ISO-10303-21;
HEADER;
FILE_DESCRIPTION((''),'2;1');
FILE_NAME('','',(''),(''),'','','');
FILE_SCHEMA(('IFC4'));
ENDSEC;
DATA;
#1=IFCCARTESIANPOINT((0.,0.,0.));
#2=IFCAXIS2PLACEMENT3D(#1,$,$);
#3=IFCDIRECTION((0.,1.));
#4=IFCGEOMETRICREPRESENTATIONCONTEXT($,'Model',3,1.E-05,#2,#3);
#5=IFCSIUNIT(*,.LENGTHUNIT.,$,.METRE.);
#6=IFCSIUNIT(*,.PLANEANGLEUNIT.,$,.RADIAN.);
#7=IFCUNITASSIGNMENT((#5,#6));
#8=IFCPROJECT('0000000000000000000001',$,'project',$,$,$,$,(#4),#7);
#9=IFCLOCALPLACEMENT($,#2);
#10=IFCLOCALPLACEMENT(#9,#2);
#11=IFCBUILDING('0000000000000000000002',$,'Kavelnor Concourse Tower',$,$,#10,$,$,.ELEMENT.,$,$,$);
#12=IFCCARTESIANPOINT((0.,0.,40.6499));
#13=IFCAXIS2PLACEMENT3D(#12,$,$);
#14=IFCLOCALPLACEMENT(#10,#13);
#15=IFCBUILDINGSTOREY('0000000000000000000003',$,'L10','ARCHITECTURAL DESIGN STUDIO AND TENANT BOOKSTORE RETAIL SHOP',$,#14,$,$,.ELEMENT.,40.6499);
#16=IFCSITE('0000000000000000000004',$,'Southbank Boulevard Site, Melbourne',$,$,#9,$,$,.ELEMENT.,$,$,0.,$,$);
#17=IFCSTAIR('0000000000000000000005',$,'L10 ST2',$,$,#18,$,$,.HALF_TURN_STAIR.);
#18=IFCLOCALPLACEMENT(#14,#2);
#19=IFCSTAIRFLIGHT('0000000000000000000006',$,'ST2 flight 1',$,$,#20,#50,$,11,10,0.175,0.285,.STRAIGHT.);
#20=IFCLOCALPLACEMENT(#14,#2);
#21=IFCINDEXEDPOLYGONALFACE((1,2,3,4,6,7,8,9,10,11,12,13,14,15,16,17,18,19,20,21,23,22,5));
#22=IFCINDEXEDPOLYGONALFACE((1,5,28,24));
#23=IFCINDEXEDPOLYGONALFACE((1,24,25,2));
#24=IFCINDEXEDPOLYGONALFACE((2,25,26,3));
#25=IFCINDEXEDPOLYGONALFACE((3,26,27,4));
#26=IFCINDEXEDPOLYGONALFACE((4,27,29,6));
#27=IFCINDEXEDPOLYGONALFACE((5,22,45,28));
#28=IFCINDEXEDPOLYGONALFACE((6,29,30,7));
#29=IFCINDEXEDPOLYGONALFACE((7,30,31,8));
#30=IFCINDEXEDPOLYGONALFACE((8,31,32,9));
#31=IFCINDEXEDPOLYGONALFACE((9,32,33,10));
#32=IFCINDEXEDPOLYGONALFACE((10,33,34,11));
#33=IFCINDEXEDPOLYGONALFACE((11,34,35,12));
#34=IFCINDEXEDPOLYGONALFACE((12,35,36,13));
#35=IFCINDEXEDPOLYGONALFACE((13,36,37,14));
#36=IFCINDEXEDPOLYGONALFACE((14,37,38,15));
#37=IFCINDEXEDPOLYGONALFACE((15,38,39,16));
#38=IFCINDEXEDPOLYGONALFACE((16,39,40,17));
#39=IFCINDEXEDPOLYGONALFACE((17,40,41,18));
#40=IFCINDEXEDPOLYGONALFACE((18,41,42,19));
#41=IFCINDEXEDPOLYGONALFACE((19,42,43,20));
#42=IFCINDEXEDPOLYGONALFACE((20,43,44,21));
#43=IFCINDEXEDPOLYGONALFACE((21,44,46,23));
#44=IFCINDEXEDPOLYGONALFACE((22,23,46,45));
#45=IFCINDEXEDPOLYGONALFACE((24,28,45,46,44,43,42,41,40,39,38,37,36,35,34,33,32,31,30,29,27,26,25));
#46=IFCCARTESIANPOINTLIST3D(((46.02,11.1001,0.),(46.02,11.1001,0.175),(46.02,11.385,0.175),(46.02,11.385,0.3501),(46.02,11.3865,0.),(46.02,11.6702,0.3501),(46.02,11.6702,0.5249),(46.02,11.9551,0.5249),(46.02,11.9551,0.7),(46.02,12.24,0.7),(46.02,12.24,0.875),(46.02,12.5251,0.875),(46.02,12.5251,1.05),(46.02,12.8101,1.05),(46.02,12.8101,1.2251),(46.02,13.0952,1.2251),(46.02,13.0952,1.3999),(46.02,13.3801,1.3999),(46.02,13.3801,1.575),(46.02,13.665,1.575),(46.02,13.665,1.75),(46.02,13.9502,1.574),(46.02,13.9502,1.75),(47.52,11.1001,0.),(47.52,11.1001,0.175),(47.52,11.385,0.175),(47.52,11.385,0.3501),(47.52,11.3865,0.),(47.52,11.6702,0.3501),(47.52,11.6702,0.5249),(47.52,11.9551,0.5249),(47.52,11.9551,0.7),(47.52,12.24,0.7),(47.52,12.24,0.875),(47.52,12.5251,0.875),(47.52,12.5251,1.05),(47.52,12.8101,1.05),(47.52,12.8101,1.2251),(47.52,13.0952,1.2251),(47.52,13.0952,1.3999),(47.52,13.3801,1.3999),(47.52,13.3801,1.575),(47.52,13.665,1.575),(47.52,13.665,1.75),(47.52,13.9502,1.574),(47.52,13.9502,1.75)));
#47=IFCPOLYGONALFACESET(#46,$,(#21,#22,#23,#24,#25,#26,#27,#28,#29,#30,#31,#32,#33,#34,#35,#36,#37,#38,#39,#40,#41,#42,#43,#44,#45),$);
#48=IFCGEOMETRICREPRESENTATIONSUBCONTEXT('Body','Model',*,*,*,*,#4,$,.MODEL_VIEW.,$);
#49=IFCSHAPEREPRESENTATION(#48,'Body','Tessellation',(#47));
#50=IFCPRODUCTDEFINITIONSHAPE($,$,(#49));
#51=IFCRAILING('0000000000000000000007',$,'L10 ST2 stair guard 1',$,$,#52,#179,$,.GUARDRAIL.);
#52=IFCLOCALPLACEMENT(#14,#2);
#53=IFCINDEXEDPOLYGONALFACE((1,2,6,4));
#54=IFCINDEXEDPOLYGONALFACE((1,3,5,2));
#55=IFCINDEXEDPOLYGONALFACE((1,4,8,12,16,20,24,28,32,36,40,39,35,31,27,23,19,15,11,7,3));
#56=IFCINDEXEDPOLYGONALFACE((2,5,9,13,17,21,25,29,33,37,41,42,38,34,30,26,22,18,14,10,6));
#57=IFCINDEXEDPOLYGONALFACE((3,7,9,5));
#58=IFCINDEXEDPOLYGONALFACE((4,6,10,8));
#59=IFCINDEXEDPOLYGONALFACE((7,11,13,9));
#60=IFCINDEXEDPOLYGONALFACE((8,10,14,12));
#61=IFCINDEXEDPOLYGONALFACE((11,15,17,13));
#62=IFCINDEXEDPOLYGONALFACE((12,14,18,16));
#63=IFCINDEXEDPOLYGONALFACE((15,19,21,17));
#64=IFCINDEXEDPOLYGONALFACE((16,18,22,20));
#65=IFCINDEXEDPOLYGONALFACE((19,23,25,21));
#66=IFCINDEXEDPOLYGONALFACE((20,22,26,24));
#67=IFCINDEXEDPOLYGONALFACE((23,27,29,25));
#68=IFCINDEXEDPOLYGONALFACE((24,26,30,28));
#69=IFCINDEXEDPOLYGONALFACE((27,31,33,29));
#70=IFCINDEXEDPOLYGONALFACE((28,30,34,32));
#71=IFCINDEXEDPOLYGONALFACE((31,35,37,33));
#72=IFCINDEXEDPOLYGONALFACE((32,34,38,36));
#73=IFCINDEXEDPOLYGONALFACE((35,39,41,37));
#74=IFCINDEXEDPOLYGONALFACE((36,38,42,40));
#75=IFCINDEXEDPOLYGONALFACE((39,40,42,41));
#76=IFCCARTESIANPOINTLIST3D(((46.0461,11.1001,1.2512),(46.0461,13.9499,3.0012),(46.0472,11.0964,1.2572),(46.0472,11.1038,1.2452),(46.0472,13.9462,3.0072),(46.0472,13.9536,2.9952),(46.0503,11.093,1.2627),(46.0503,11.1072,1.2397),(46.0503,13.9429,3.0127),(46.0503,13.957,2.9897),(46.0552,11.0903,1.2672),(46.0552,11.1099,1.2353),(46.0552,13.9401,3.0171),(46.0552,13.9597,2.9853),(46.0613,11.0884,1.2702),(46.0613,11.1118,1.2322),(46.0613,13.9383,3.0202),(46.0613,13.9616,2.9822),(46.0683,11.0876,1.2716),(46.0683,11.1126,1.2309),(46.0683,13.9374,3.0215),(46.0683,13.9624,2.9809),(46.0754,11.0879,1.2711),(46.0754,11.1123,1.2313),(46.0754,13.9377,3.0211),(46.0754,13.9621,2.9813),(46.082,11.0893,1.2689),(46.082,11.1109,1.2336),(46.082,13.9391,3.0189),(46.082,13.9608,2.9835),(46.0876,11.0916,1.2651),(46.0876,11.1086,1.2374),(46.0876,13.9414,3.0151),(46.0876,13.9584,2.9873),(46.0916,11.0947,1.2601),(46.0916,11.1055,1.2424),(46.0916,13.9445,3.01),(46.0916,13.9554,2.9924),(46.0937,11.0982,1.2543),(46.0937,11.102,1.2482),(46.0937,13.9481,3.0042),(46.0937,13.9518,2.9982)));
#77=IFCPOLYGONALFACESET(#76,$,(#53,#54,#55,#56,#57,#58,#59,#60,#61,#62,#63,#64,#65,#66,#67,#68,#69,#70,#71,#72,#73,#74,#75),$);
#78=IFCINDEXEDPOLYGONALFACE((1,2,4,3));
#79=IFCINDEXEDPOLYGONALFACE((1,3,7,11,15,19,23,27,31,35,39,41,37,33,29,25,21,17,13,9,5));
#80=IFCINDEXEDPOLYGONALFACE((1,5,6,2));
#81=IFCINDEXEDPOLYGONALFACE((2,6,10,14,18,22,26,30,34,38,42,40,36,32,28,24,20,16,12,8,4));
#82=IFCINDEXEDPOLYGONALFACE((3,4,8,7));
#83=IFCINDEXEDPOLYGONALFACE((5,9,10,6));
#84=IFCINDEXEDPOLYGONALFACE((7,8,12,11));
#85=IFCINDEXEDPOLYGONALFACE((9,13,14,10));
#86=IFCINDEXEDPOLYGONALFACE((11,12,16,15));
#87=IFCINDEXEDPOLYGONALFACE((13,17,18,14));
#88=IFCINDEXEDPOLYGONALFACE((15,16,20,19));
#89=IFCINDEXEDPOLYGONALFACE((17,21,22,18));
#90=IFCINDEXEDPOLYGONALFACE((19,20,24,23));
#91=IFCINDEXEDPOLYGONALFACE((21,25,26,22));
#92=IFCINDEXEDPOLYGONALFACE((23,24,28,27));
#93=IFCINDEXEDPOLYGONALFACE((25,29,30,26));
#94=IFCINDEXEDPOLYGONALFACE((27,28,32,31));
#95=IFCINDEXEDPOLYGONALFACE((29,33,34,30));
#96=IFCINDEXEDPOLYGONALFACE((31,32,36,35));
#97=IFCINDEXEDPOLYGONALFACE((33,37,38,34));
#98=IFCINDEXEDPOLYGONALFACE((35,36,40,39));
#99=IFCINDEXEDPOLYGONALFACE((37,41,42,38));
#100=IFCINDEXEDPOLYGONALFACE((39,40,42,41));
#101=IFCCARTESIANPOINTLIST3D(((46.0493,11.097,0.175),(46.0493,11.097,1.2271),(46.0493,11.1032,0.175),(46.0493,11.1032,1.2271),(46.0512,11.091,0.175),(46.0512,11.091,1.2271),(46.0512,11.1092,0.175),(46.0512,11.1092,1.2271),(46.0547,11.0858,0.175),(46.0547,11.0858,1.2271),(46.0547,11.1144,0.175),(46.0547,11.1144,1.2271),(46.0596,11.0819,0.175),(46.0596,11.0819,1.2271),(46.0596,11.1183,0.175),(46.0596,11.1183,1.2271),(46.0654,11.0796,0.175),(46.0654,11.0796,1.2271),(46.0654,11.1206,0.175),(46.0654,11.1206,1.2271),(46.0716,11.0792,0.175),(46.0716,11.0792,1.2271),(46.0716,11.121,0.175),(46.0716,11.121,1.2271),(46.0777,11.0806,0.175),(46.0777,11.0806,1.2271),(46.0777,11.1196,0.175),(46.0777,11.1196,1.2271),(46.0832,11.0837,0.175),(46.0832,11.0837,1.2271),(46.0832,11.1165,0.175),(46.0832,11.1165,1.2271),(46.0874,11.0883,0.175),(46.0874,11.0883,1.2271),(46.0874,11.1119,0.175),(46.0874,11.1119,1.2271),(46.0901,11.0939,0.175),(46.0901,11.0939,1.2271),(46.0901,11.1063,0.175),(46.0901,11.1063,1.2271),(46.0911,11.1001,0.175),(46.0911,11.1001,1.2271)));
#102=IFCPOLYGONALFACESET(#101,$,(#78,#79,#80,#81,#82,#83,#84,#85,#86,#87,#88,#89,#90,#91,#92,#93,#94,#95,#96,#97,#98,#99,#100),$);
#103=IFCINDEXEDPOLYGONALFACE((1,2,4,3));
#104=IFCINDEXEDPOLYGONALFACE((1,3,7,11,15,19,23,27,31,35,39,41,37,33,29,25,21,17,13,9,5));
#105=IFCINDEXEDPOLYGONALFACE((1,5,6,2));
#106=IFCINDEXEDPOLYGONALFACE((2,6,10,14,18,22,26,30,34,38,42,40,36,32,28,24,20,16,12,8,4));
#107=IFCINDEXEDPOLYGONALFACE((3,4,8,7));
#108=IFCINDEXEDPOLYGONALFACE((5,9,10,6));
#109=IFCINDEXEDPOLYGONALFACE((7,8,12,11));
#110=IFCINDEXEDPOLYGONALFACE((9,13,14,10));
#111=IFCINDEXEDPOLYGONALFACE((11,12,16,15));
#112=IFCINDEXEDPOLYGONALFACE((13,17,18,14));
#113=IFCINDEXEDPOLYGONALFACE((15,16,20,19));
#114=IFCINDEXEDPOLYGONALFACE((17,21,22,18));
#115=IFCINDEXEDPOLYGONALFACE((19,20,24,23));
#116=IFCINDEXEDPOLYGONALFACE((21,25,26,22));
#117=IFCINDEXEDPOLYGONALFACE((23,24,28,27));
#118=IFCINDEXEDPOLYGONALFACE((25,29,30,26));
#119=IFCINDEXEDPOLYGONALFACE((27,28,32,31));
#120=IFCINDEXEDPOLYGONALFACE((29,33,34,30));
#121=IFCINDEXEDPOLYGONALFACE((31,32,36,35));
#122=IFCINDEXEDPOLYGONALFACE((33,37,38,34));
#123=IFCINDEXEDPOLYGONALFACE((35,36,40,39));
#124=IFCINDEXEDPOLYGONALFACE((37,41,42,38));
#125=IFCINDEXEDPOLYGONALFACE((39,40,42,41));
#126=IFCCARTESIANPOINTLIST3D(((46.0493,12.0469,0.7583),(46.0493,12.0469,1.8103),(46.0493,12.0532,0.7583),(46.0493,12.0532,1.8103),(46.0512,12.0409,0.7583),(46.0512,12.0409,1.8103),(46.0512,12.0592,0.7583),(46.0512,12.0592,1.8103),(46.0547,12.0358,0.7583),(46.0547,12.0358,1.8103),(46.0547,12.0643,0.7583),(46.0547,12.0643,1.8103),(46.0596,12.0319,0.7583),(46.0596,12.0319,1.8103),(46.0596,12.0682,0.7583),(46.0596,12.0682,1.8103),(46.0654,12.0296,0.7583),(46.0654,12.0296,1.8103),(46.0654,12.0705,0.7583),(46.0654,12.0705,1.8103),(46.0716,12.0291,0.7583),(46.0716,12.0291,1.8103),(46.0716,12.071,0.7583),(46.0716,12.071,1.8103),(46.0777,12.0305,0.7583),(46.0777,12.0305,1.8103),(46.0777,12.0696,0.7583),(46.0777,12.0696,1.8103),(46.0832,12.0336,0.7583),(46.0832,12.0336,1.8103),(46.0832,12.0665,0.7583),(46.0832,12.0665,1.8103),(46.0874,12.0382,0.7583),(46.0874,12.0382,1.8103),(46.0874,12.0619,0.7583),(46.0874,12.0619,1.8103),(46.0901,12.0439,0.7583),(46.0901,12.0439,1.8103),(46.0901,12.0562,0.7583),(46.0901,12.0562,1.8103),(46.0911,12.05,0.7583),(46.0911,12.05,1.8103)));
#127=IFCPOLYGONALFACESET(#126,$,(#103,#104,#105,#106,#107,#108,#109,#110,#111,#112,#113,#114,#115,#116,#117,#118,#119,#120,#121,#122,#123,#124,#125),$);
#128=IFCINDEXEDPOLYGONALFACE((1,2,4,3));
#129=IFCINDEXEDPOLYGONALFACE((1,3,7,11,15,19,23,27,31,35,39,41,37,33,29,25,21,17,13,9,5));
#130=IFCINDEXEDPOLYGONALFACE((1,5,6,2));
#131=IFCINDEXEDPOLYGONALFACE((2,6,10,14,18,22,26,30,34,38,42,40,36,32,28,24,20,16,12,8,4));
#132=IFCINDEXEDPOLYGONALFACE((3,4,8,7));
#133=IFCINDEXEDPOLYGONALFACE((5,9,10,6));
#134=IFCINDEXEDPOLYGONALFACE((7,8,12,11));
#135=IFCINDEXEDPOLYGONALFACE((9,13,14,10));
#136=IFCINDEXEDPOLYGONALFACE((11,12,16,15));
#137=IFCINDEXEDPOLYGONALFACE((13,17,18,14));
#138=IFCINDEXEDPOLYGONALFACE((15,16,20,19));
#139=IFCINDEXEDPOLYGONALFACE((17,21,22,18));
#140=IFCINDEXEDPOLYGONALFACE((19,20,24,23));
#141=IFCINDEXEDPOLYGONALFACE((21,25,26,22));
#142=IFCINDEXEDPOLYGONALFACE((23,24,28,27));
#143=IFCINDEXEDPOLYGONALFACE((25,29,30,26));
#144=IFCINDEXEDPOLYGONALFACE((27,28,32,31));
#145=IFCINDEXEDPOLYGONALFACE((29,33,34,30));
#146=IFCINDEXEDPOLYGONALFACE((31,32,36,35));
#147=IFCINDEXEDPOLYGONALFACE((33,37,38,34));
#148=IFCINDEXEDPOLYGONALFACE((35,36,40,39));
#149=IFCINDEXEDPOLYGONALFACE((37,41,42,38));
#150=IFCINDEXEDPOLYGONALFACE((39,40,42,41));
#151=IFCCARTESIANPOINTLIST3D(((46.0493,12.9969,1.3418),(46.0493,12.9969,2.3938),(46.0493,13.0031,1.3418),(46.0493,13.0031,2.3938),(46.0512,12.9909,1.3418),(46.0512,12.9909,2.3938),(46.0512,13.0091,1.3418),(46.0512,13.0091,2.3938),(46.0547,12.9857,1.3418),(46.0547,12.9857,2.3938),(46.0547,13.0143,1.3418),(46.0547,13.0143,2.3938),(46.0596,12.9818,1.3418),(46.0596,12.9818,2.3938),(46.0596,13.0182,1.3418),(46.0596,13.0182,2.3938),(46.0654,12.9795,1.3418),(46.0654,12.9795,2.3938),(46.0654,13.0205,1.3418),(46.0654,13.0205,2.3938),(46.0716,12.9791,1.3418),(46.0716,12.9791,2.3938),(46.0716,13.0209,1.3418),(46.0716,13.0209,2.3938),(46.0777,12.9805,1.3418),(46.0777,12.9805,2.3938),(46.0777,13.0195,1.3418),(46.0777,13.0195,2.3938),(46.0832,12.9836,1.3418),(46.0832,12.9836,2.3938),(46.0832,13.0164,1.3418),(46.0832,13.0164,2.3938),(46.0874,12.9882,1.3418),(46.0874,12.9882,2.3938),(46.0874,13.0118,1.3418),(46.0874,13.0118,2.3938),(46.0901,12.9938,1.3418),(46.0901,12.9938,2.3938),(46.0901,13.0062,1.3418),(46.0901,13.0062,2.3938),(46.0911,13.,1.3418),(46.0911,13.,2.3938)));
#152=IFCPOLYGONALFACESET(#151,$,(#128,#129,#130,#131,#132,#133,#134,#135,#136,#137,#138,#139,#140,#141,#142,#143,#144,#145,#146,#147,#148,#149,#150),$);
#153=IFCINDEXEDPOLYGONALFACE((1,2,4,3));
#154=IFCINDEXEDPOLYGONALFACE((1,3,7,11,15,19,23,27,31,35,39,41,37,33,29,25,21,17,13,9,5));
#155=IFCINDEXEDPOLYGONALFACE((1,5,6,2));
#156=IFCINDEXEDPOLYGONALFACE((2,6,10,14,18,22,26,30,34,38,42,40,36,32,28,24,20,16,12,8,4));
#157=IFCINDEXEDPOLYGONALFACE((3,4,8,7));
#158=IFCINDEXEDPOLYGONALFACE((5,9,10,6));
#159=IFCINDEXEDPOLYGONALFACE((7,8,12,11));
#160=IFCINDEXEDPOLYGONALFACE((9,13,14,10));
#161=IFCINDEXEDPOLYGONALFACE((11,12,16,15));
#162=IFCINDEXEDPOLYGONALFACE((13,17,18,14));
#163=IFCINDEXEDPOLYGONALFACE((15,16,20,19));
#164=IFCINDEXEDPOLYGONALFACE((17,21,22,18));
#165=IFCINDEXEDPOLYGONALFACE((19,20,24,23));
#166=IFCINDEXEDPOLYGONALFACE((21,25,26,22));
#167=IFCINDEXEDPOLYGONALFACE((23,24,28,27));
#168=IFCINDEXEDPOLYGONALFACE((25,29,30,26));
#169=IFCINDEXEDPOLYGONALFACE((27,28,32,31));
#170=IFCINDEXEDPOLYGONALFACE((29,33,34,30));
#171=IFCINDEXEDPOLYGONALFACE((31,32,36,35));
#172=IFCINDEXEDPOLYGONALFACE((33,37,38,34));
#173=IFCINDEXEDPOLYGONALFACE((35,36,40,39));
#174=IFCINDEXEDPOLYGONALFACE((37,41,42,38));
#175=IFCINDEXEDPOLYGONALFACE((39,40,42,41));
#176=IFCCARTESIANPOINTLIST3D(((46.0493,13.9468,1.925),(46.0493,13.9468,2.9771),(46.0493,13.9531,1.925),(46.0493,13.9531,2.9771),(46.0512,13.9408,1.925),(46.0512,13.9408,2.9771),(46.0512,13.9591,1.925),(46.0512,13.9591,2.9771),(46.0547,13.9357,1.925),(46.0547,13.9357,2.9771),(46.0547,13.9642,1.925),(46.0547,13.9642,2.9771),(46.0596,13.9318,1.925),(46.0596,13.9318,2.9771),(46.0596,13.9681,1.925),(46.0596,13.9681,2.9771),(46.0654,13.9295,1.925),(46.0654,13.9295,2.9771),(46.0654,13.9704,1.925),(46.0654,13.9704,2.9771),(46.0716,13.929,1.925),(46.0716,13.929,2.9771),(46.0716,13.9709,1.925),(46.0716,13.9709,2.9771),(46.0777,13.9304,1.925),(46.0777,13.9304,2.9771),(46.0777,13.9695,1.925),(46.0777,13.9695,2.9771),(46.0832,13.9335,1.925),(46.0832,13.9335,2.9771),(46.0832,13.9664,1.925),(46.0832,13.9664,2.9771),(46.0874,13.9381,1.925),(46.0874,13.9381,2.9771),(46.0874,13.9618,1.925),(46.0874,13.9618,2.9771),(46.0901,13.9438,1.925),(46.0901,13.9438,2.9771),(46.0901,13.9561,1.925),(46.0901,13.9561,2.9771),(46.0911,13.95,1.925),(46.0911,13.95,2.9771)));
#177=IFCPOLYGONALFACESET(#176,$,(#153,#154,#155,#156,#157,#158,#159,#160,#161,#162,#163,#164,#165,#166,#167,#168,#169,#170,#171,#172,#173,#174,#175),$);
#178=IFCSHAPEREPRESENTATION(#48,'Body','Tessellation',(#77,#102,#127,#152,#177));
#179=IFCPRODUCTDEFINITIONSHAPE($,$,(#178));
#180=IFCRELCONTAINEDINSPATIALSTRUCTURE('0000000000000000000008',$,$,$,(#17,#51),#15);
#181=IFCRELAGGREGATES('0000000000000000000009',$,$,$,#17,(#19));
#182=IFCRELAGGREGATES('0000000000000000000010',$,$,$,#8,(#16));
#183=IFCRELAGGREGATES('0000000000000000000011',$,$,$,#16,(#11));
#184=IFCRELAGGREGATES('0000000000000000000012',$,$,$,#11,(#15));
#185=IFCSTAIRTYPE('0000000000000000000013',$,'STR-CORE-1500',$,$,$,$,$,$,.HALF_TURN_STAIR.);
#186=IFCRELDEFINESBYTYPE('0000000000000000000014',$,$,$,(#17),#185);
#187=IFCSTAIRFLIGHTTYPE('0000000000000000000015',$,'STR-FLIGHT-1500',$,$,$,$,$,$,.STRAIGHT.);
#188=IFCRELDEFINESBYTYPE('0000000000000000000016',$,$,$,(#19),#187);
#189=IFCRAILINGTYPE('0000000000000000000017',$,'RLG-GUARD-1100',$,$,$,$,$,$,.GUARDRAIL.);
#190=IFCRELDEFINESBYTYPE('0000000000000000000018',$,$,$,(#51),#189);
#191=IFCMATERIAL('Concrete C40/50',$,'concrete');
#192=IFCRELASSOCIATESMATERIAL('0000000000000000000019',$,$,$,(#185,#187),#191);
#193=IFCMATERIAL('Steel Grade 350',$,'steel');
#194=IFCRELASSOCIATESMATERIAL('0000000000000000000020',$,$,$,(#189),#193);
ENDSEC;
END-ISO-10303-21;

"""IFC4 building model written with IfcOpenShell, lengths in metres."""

from ifc_helpers import new_model, si_unit, direction, frame, origin, origin_2d, place, context, subcontext, project, spatial, polyline, circle, outline, extrude, material, type_object, element, aggregate, save


model = new_model("IFC4")

# Units and contexts
model_context = context("Model", 3, precision=1e-05, world=origin(), true_north=direction((0.0, 1.0)))
body_context = subcontext(model_context, "Body", "Model", "MODEL_VIEW")
ifc_project = project(units=[si_unit("LENGTHUNIT", "METRE"), si_unit("PLANEANGLEUNIT", "RADIAN")], contexts=[model_context])

# Site, building, storey
site_placement = place(None, origin())
site = spatial("IfcSite", under=ifc_project, at=site_placement, Name="Southbank Boulevard Site, Melbourne", CompositionType="ELEMENT", RefElevation=0.0)
building_placement = place(site_placement, origin())
building = spatial("IfcBuilding", under=site, at=building_placement, Name="Kavelnor Concourse Tower", CompositionType="ELEMENT")
storey_placement = place(building_placement, frame((0.0, 0.0, 40.6499)))
storey = spatial("IfcBuildingStorey", under=building, at=storey_placement, Name="L10", Description="ARCHITECTURAL DESIGN STUDIO AND TENANT BOOKSTORE RETAIL SHOP", CompositionType="ELEMENT", Elevation=40.6499)

# Shared definitions
ifc_material_1 = material(Name="Steel Grade 350", Category="steel")

# Stair, stair flight
ifc_material_2 = material(Name="Concrete C40/50", Category="concrete")
stair_type = type_object("IfcStairType", Name="STR-CORE-1500", PredefinedType="HALF_TURN_STAIR", material=ifc_material_2)
stair_placement = place(storey_placement, origin())
stair = element("IfcStair", 1, at=stair_placement, inside=storey, type_object=stair_type, Name="L10 ST2", PredefinedType="HALF_TURN_STAIR")
stair_flight_type = type_object("IfcStairFlightType", Name="STR-FLIGHT-1500", PredefinedType="STRAIGHT", material=ifc_material_2)
stair_flight_placement = place(storey_placement, frame((46.77, 11.1001, 0.0), z_axis=(0.0, 0.0, 1.0), x_axis=(0.0, 1.0, 0.0)))
stair_flight = element("IfcStairFlight", 2, at=stair_flight_placement, type_object=stair_flight_type, Name="ST2 flight 1", NumberOfRisers=11, NumberOfTreads=10, PredefinedType="STRAIGHT", RiserHeight=0.175, TreadLength=0.285, context=body_context, shape_type="SweptSolid", body=[
    extrude(outline(polyline([(0.0, 0.0), (0.0, 0.175), (0.2849, 0.175), (0.2849, 0.3501), (0.5701, 0.3501), (0.5701, 0.5249), (0.855, 0.5249), (0.855, 0.7), (1.1399, 0.7), (1.1399, 0.875), (1.425, 0.875), (1.425, 1.05), (1.71, 1.05), (1.71, 1.2251), (1.9951, 1.2251), (1.9951, 1.3999), (2.28, 1.3999), (2.28, 1.575), (2.5649, 1.575), (2.5649, 1.75), (2.8501, 1.75), (2.8501, 1.925), (2.8501, 1.574), (0.2864, 0.0), (0.0, 0.0)])), frame((0.0, 0.75, 0.0), z_axis=(0.0, -1.0, 0.0), x_axis=(1.0, 0.0, 0.0)), (0.0, 0.0, 1.0), 1.5),
])
aggregate(stair, [stair_flight])

# Railing
railing_type_1 = type_object("IfcRailingType", Name="RLG-GUARD-1100", PredefinedType="GUARDRAIL", material=ifc_material_1)
railing_1_placement = place(storey_placement, frame((46.0701, 11.1001, 0.175)))
element("IfcRailing", 3, at=railing_1_placement, inside=storey, type_object=railing_type_1, Name="L10 ST2 stair guard 1", PredefinedType="GUARDRAIL", context=body_context, shape_type="SweptSolid", body=[
    extrude(circle(Radius=0.0239, at=origin_2d()), frame((0.0, 0.0, 1.0762), z_axis=(0.0, 0.852159, 0.523283), x_axis=(-1.0, 0.0, 0.0)), (0.0, 0.0, 1.0), 3.3442),
    extrude(circle(Radius=0.021, at=origin_2d()), origin(), (0.0, 0.0, 1.0), 1.052),
    extrude(circle(Radius=0.021, at=origin_2d()), frame((0.0, 0.95, 0.5833)), (0.0, 0.0, 1.0), 1.052),
    extrude(circle(Radius=0.021, at=origin_2d()), frame((0.0, 1.8999, 1.1667)), (0.0, 0.0, 1.0), 1.052),
    extrude(circle(Radius=0.021, at=origin_2d()), frame((0.0, 2.8499, 1.75)), (0.0, 0.0, 1.0), 1.052),
])

save(model, "model.ifc")
